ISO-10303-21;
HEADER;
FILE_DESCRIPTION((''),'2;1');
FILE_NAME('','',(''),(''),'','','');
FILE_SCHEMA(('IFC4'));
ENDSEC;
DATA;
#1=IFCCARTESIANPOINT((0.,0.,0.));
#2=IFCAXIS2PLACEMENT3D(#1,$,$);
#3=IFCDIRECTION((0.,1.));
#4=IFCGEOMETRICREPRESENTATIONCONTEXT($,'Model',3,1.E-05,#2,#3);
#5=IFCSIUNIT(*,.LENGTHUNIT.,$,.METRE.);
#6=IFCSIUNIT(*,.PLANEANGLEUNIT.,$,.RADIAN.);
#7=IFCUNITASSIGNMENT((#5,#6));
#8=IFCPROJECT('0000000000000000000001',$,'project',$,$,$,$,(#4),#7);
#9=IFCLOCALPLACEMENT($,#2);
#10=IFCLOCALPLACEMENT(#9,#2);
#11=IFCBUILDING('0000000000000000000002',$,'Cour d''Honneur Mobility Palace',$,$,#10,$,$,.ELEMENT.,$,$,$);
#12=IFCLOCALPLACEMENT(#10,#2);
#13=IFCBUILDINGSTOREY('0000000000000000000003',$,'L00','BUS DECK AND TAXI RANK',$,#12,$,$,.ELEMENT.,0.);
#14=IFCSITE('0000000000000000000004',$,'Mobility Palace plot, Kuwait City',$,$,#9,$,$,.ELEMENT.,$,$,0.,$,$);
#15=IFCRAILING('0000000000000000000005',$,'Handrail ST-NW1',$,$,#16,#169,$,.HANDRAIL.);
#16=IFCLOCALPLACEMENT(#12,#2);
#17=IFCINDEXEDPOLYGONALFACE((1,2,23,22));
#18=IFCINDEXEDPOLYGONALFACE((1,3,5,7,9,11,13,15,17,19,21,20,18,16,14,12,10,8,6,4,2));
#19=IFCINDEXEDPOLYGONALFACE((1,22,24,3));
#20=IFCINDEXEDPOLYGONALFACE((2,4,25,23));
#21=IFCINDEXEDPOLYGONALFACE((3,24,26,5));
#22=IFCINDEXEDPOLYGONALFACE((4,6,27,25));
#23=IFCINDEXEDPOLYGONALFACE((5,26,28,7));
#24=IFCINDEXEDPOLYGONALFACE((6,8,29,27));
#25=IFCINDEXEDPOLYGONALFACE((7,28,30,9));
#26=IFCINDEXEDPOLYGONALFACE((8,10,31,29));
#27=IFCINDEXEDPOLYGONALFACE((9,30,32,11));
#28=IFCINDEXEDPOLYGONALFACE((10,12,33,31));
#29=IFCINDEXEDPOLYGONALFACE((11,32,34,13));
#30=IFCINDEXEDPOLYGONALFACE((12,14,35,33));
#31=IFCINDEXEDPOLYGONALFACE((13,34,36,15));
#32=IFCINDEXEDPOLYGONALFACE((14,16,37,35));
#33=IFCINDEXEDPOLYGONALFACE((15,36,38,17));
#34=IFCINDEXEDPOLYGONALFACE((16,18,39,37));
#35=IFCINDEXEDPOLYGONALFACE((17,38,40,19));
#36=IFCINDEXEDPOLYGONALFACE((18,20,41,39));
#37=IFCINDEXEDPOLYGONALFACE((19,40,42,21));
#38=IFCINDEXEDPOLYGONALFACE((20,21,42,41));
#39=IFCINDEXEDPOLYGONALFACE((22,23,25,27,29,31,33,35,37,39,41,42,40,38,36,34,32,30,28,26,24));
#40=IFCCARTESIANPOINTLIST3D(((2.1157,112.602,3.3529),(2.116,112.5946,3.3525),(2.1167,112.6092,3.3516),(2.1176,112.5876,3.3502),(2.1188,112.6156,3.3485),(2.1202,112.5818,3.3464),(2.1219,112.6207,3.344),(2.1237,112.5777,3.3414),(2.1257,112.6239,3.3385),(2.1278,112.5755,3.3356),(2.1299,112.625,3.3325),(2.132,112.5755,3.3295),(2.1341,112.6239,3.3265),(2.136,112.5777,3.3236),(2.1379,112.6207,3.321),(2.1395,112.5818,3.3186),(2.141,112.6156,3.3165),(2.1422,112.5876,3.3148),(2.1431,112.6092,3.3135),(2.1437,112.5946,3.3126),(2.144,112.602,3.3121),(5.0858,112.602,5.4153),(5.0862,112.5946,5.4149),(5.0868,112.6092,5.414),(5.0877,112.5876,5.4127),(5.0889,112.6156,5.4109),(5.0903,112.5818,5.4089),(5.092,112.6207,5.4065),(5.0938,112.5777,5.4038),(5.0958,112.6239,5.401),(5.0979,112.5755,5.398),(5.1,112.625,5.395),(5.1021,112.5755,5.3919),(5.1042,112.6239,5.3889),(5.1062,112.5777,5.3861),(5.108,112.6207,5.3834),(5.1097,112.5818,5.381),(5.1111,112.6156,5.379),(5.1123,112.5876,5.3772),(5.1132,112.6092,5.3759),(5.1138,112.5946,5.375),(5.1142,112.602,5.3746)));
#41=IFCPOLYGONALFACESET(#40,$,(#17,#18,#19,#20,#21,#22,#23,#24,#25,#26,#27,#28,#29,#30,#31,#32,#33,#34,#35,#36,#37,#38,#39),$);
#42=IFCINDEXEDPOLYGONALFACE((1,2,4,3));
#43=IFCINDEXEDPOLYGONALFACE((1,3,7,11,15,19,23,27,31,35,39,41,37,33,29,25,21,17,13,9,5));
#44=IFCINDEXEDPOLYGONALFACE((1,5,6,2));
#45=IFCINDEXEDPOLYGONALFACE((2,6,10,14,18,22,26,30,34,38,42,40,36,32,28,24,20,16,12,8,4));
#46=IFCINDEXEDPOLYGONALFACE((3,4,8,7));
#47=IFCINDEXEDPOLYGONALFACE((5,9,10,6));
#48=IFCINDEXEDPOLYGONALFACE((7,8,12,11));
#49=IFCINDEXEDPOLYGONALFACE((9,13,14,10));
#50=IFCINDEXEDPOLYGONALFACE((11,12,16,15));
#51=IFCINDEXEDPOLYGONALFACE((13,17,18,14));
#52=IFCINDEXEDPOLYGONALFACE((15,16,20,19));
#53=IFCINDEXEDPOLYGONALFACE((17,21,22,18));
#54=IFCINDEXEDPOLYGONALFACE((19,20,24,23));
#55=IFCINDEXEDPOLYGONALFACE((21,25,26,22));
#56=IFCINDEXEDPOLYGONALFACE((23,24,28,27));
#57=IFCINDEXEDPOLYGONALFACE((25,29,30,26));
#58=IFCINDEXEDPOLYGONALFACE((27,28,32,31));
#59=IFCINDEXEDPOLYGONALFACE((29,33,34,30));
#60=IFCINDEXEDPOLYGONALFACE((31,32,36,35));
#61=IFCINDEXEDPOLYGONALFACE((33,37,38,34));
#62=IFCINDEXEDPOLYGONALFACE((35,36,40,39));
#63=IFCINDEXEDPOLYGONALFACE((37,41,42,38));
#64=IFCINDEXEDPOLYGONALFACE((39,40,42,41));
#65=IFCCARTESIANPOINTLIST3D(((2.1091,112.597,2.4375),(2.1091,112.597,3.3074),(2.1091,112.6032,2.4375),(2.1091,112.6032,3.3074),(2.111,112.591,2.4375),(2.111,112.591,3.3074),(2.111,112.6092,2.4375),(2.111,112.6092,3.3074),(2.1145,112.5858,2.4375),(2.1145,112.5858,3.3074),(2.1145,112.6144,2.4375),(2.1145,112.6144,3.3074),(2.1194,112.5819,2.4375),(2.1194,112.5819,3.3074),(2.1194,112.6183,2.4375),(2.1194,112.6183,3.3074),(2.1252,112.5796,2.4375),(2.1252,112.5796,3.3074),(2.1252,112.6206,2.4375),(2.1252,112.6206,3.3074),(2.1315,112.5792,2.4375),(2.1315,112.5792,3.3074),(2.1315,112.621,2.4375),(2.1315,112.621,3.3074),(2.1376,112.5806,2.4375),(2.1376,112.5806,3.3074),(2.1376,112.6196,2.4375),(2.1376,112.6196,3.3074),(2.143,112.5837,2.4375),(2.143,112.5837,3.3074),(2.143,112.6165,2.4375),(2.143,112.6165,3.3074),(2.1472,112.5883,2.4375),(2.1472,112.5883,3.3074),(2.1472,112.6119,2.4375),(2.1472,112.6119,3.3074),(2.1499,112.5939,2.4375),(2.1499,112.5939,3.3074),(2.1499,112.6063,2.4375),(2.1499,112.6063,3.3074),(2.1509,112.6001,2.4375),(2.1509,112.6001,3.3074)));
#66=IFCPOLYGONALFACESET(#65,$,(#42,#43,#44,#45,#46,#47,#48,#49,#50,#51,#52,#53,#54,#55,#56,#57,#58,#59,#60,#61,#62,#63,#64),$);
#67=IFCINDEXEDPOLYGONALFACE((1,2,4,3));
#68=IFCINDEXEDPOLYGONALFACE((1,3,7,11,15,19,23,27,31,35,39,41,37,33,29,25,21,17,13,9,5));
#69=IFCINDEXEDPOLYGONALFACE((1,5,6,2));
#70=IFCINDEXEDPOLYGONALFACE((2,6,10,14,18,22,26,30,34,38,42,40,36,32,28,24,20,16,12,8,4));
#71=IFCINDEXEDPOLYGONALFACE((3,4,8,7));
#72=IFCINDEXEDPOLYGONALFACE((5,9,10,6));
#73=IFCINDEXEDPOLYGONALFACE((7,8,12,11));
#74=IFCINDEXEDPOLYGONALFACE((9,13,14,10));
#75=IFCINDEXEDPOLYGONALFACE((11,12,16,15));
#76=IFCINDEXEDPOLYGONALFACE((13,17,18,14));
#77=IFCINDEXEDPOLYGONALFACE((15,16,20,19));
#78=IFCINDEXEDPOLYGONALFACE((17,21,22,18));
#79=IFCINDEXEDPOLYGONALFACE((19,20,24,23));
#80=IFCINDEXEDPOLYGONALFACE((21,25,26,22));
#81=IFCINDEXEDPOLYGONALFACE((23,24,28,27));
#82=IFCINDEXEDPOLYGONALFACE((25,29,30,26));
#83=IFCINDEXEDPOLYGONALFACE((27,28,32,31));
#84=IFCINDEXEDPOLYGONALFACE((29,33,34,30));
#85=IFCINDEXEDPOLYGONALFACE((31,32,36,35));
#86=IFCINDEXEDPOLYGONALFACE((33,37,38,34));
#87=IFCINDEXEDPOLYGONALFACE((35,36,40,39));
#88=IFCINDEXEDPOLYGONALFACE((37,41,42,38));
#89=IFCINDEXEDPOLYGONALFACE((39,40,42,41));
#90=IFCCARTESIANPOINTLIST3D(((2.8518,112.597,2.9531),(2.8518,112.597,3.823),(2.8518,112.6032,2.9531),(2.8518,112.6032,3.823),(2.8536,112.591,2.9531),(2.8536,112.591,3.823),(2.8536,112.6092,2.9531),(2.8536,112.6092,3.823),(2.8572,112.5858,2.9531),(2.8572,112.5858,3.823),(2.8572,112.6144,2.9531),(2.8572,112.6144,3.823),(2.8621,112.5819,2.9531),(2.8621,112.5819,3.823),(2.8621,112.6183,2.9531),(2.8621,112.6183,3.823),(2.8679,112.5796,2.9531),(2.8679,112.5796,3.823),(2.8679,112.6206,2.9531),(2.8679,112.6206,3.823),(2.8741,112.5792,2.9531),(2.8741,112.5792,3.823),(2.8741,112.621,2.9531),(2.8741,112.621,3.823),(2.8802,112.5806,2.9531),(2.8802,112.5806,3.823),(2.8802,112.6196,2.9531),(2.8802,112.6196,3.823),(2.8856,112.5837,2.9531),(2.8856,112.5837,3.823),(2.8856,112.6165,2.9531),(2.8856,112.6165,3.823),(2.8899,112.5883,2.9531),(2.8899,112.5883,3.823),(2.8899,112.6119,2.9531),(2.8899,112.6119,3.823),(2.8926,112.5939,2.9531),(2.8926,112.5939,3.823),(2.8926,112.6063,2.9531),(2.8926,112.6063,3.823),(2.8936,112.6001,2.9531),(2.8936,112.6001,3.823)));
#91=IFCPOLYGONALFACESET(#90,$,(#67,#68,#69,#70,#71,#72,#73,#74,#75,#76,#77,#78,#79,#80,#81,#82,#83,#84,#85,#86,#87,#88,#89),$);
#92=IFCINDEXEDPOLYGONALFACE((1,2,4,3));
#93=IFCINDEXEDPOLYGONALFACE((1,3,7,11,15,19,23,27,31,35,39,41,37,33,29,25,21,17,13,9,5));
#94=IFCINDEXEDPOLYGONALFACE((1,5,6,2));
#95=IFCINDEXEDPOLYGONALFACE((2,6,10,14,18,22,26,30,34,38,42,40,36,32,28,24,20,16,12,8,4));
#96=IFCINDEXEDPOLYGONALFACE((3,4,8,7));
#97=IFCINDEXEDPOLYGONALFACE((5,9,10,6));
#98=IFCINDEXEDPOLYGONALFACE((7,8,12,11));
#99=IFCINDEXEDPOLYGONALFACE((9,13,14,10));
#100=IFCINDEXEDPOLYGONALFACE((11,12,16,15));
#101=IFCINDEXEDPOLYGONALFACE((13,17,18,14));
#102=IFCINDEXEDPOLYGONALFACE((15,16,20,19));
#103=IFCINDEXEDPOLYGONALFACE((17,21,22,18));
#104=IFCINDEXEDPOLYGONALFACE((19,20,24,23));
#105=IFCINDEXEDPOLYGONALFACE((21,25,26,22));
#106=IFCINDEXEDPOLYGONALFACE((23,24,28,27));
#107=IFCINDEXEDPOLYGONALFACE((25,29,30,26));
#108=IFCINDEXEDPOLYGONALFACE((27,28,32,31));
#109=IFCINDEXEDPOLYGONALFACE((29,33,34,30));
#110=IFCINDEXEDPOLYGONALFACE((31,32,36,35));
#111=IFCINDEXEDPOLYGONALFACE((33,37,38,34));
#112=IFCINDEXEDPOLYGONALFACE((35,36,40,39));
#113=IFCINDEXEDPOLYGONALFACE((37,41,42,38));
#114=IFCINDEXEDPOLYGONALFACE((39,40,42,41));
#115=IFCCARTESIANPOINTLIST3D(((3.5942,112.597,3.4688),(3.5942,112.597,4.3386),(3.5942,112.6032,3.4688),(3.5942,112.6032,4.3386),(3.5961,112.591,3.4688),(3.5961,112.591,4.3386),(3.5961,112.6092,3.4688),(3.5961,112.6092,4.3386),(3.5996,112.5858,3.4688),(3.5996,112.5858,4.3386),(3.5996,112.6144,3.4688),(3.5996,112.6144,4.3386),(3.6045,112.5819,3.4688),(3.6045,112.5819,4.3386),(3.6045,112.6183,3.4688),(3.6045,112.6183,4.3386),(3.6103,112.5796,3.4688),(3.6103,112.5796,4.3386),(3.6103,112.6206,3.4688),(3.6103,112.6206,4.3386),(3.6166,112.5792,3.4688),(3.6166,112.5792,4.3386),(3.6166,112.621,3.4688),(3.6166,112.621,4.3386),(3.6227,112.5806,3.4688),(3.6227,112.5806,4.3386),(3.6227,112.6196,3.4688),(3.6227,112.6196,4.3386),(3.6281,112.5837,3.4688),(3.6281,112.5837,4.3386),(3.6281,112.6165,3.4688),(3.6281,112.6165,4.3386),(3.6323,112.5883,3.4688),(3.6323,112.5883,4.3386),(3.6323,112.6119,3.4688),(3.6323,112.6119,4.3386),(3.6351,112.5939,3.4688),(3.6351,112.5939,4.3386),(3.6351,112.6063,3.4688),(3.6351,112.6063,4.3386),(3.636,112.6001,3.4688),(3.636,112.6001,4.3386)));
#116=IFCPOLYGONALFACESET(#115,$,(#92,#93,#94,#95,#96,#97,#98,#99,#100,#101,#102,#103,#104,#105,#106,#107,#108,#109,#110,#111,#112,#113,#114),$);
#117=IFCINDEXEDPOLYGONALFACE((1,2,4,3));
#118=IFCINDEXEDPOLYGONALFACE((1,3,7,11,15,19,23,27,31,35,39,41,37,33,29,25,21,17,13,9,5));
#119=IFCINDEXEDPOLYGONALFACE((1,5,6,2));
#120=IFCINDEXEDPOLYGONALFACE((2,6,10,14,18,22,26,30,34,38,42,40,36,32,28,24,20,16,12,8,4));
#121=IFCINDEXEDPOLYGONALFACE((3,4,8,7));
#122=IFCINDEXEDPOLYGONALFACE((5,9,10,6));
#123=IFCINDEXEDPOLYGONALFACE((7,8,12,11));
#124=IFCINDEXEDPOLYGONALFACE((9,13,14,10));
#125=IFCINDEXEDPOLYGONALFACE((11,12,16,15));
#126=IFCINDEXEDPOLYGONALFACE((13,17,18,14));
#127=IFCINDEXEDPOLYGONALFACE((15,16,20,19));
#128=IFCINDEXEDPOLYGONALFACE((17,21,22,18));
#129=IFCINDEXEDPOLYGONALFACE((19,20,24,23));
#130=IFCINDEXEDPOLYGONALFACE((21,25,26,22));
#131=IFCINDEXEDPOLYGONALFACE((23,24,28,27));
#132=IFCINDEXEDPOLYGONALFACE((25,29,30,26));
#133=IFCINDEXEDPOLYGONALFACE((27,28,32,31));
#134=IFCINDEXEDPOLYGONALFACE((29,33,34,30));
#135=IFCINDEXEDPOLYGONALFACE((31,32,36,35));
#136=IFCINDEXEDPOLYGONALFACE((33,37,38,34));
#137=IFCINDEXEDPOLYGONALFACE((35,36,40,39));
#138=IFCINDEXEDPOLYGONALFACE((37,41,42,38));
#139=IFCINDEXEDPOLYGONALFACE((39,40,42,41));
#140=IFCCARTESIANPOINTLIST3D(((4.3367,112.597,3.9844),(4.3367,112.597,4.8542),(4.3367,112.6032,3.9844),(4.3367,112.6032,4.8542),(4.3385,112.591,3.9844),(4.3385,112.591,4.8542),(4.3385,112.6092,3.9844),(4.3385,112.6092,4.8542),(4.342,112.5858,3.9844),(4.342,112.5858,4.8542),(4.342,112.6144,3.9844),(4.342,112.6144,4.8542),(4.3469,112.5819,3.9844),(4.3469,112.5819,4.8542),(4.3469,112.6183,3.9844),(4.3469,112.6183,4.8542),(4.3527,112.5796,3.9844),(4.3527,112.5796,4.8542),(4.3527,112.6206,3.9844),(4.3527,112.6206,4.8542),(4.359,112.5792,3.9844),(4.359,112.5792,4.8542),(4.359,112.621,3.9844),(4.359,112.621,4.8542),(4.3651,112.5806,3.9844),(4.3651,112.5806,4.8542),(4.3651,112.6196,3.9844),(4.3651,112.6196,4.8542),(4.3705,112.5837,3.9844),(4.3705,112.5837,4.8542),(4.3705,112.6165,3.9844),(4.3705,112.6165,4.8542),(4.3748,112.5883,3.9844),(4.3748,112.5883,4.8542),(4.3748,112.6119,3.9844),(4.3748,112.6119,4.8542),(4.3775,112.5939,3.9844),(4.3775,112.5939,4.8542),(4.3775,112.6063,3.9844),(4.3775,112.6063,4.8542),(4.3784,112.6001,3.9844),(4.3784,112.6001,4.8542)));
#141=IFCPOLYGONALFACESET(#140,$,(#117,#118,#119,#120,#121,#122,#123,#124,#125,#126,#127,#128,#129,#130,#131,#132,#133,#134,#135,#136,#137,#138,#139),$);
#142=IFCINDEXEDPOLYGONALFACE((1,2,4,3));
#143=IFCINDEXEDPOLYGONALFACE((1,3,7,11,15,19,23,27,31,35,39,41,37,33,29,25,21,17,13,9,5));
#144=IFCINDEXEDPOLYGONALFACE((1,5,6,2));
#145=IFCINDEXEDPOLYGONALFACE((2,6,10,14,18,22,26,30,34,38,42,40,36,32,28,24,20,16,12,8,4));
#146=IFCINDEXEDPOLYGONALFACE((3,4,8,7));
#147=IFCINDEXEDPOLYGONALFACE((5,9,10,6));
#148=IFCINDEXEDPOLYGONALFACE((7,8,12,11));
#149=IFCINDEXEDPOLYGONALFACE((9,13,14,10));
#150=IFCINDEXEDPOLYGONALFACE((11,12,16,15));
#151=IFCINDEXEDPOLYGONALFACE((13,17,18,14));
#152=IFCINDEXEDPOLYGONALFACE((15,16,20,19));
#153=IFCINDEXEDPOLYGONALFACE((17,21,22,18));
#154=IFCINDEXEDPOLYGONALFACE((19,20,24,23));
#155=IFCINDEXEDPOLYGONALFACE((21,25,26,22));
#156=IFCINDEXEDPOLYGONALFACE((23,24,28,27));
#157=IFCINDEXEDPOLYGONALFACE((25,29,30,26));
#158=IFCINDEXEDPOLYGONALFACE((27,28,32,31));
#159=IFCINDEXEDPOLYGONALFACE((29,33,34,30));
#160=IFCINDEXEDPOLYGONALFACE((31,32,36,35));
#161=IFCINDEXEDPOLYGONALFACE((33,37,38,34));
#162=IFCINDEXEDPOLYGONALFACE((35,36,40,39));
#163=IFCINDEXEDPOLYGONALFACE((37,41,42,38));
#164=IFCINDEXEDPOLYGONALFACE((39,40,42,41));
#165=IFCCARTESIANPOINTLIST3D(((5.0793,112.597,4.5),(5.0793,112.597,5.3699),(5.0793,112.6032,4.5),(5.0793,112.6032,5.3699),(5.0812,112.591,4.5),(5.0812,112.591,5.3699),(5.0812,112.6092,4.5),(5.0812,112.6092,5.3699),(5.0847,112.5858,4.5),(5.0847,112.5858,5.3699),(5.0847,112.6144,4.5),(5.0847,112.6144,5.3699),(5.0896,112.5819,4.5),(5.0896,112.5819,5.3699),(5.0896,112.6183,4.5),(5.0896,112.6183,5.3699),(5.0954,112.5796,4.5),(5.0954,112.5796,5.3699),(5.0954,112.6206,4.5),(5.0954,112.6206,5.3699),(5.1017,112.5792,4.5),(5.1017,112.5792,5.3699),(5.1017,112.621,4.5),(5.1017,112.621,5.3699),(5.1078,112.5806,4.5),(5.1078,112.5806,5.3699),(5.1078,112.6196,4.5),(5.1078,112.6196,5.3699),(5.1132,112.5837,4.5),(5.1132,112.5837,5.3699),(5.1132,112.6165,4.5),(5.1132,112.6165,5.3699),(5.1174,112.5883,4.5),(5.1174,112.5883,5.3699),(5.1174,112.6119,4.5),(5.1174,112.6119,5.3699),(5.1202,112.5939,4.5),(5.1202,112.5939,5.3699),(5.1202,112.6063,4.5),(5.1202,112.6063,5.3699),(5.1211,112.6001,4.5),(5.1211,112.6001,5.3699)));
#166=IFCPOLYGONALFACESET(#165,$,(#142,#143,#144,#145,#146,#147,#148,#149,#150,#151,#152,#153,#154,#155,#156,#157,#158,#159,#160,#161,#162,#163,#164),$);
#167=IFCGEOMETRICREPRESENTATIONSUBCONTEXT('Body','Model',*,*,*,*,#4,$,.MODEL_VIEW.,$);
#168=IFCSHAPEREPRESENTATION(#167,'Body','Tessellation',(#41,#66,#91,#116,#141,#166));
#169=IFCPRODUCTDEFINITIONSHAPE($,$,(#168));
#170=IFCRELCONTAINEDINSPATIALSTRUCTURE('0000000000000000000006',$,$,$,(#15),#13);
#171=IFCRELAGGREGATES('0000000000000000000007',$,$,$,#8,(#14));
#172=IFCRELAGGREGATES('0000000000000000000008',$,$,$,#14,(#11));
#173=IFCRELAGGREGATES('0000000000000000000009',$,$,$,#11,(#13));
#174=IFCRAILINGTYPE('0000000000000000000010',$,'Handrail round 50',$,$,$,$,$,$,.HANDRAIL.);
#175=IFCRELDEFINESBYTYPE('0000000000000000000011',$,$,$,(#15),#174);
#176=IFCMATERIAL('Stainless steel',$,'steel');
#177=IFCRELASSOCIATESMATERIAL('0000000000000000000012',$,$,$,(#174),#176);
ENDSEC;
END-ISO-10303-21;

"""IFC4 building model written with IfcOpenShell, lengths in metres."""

from ifc_helpers import new_model, si_unit, direction, frame, origin, origin_2d, place, context, subcontext, project, spatial, circle, extrude, material, type_object, element, save


model = new_model("IFC4")

# Units and contexts
model_context = context("Model", 3, precision=1e-05, world=origin(), true_north=direction((0.0, 1.0)))
body_context = subcontext(model_context, "Body", "Model", "MODEL_VIEW")
ifc_project = project(units=[si_unit("LENGTHUNIT", "METRE"), si_unit("PLANEANGLEUNIT", "RADIAN")], contexts=[model_context])

# Site, building, storey
site_placement = place(None, origin())
site = spatial("IfcSite", under=ifc_project, at=site_placement, Name="Mobility Palace plot, Kuwait City", CompositionType="ELEMENT", RefElevation=0.0)
building_placement = place(site_placement, origin())
building = spatial("IfcBuilding", under=site, at=building_placement, Name="Cour d'Honneur Mobility Palace", CompositionType="ELEMENT")
storey_placement = place(building_placement, origin())
storey = spatial("IfcBuildingStorey", under=building, at=storey_placement, Name="L00", Description="BUS DECK AND TAXI RANK", CompositionType="ELEMENT", Elevation=0.0)

# Railing
ifc_material_1 = material(Name="Stainless steel", Category="steel")
railing_type_1 = type_object("IfcRailingType", Name="Handrail round 50", PredefinedType="HANDRAIL", material=ifc_material_1)
for number, where, name in (
    (1, (2.1299, 112.6001, 2.4375), "Handrail ST-NW1"),
):
    element("IfcRailing", number, at=place(storey_placement, frame(where)), inside=storey, type_object=railing_type_1, Name=name, PredefinedType="HANDRAIL", context=body_context, shape_type="SweptSolid", body=[
        extrude(circle(Radius=0.0249, at=origin_2d()), frame((0.0, 0.0, 0.895), z_axis=(0.821389, 0.0, 0.570368), x_axis=(0.0, 1.0, 0.0)), (0.0, 0.0, 1.0), 3.616),
        extrude(circle(Radius=0.021, at=origin_2d()), origin(), (0.0, 0.0, 1.0), 0.8699),
        extrude(circle(Radius=0.021, at=origin_2d()), frame((0.7427, 0.0, 0.5156)), (0.0, 0.0, 1.0), 0.8699),
        extrude(circle(Radius=0.021, at=origin_2d()), frame((1.4851, 0.0, 1.0312)), (0.0, 0.0, 1.0), 0.8699),
        extrude(circle(Radius=0.021, at=origin_2d()), frame((2.2275, 0.0, 1.5469)), (0.0, 0.0, 1.0), 0.8699),
        extrude(circle(Radius=0.021, at=origin_2d()), frame((2.9702, 0.0, 2.0625)), (0.0, 0.0, 1.0), 0.8699),
    ])

save(model, "model.ifc")
